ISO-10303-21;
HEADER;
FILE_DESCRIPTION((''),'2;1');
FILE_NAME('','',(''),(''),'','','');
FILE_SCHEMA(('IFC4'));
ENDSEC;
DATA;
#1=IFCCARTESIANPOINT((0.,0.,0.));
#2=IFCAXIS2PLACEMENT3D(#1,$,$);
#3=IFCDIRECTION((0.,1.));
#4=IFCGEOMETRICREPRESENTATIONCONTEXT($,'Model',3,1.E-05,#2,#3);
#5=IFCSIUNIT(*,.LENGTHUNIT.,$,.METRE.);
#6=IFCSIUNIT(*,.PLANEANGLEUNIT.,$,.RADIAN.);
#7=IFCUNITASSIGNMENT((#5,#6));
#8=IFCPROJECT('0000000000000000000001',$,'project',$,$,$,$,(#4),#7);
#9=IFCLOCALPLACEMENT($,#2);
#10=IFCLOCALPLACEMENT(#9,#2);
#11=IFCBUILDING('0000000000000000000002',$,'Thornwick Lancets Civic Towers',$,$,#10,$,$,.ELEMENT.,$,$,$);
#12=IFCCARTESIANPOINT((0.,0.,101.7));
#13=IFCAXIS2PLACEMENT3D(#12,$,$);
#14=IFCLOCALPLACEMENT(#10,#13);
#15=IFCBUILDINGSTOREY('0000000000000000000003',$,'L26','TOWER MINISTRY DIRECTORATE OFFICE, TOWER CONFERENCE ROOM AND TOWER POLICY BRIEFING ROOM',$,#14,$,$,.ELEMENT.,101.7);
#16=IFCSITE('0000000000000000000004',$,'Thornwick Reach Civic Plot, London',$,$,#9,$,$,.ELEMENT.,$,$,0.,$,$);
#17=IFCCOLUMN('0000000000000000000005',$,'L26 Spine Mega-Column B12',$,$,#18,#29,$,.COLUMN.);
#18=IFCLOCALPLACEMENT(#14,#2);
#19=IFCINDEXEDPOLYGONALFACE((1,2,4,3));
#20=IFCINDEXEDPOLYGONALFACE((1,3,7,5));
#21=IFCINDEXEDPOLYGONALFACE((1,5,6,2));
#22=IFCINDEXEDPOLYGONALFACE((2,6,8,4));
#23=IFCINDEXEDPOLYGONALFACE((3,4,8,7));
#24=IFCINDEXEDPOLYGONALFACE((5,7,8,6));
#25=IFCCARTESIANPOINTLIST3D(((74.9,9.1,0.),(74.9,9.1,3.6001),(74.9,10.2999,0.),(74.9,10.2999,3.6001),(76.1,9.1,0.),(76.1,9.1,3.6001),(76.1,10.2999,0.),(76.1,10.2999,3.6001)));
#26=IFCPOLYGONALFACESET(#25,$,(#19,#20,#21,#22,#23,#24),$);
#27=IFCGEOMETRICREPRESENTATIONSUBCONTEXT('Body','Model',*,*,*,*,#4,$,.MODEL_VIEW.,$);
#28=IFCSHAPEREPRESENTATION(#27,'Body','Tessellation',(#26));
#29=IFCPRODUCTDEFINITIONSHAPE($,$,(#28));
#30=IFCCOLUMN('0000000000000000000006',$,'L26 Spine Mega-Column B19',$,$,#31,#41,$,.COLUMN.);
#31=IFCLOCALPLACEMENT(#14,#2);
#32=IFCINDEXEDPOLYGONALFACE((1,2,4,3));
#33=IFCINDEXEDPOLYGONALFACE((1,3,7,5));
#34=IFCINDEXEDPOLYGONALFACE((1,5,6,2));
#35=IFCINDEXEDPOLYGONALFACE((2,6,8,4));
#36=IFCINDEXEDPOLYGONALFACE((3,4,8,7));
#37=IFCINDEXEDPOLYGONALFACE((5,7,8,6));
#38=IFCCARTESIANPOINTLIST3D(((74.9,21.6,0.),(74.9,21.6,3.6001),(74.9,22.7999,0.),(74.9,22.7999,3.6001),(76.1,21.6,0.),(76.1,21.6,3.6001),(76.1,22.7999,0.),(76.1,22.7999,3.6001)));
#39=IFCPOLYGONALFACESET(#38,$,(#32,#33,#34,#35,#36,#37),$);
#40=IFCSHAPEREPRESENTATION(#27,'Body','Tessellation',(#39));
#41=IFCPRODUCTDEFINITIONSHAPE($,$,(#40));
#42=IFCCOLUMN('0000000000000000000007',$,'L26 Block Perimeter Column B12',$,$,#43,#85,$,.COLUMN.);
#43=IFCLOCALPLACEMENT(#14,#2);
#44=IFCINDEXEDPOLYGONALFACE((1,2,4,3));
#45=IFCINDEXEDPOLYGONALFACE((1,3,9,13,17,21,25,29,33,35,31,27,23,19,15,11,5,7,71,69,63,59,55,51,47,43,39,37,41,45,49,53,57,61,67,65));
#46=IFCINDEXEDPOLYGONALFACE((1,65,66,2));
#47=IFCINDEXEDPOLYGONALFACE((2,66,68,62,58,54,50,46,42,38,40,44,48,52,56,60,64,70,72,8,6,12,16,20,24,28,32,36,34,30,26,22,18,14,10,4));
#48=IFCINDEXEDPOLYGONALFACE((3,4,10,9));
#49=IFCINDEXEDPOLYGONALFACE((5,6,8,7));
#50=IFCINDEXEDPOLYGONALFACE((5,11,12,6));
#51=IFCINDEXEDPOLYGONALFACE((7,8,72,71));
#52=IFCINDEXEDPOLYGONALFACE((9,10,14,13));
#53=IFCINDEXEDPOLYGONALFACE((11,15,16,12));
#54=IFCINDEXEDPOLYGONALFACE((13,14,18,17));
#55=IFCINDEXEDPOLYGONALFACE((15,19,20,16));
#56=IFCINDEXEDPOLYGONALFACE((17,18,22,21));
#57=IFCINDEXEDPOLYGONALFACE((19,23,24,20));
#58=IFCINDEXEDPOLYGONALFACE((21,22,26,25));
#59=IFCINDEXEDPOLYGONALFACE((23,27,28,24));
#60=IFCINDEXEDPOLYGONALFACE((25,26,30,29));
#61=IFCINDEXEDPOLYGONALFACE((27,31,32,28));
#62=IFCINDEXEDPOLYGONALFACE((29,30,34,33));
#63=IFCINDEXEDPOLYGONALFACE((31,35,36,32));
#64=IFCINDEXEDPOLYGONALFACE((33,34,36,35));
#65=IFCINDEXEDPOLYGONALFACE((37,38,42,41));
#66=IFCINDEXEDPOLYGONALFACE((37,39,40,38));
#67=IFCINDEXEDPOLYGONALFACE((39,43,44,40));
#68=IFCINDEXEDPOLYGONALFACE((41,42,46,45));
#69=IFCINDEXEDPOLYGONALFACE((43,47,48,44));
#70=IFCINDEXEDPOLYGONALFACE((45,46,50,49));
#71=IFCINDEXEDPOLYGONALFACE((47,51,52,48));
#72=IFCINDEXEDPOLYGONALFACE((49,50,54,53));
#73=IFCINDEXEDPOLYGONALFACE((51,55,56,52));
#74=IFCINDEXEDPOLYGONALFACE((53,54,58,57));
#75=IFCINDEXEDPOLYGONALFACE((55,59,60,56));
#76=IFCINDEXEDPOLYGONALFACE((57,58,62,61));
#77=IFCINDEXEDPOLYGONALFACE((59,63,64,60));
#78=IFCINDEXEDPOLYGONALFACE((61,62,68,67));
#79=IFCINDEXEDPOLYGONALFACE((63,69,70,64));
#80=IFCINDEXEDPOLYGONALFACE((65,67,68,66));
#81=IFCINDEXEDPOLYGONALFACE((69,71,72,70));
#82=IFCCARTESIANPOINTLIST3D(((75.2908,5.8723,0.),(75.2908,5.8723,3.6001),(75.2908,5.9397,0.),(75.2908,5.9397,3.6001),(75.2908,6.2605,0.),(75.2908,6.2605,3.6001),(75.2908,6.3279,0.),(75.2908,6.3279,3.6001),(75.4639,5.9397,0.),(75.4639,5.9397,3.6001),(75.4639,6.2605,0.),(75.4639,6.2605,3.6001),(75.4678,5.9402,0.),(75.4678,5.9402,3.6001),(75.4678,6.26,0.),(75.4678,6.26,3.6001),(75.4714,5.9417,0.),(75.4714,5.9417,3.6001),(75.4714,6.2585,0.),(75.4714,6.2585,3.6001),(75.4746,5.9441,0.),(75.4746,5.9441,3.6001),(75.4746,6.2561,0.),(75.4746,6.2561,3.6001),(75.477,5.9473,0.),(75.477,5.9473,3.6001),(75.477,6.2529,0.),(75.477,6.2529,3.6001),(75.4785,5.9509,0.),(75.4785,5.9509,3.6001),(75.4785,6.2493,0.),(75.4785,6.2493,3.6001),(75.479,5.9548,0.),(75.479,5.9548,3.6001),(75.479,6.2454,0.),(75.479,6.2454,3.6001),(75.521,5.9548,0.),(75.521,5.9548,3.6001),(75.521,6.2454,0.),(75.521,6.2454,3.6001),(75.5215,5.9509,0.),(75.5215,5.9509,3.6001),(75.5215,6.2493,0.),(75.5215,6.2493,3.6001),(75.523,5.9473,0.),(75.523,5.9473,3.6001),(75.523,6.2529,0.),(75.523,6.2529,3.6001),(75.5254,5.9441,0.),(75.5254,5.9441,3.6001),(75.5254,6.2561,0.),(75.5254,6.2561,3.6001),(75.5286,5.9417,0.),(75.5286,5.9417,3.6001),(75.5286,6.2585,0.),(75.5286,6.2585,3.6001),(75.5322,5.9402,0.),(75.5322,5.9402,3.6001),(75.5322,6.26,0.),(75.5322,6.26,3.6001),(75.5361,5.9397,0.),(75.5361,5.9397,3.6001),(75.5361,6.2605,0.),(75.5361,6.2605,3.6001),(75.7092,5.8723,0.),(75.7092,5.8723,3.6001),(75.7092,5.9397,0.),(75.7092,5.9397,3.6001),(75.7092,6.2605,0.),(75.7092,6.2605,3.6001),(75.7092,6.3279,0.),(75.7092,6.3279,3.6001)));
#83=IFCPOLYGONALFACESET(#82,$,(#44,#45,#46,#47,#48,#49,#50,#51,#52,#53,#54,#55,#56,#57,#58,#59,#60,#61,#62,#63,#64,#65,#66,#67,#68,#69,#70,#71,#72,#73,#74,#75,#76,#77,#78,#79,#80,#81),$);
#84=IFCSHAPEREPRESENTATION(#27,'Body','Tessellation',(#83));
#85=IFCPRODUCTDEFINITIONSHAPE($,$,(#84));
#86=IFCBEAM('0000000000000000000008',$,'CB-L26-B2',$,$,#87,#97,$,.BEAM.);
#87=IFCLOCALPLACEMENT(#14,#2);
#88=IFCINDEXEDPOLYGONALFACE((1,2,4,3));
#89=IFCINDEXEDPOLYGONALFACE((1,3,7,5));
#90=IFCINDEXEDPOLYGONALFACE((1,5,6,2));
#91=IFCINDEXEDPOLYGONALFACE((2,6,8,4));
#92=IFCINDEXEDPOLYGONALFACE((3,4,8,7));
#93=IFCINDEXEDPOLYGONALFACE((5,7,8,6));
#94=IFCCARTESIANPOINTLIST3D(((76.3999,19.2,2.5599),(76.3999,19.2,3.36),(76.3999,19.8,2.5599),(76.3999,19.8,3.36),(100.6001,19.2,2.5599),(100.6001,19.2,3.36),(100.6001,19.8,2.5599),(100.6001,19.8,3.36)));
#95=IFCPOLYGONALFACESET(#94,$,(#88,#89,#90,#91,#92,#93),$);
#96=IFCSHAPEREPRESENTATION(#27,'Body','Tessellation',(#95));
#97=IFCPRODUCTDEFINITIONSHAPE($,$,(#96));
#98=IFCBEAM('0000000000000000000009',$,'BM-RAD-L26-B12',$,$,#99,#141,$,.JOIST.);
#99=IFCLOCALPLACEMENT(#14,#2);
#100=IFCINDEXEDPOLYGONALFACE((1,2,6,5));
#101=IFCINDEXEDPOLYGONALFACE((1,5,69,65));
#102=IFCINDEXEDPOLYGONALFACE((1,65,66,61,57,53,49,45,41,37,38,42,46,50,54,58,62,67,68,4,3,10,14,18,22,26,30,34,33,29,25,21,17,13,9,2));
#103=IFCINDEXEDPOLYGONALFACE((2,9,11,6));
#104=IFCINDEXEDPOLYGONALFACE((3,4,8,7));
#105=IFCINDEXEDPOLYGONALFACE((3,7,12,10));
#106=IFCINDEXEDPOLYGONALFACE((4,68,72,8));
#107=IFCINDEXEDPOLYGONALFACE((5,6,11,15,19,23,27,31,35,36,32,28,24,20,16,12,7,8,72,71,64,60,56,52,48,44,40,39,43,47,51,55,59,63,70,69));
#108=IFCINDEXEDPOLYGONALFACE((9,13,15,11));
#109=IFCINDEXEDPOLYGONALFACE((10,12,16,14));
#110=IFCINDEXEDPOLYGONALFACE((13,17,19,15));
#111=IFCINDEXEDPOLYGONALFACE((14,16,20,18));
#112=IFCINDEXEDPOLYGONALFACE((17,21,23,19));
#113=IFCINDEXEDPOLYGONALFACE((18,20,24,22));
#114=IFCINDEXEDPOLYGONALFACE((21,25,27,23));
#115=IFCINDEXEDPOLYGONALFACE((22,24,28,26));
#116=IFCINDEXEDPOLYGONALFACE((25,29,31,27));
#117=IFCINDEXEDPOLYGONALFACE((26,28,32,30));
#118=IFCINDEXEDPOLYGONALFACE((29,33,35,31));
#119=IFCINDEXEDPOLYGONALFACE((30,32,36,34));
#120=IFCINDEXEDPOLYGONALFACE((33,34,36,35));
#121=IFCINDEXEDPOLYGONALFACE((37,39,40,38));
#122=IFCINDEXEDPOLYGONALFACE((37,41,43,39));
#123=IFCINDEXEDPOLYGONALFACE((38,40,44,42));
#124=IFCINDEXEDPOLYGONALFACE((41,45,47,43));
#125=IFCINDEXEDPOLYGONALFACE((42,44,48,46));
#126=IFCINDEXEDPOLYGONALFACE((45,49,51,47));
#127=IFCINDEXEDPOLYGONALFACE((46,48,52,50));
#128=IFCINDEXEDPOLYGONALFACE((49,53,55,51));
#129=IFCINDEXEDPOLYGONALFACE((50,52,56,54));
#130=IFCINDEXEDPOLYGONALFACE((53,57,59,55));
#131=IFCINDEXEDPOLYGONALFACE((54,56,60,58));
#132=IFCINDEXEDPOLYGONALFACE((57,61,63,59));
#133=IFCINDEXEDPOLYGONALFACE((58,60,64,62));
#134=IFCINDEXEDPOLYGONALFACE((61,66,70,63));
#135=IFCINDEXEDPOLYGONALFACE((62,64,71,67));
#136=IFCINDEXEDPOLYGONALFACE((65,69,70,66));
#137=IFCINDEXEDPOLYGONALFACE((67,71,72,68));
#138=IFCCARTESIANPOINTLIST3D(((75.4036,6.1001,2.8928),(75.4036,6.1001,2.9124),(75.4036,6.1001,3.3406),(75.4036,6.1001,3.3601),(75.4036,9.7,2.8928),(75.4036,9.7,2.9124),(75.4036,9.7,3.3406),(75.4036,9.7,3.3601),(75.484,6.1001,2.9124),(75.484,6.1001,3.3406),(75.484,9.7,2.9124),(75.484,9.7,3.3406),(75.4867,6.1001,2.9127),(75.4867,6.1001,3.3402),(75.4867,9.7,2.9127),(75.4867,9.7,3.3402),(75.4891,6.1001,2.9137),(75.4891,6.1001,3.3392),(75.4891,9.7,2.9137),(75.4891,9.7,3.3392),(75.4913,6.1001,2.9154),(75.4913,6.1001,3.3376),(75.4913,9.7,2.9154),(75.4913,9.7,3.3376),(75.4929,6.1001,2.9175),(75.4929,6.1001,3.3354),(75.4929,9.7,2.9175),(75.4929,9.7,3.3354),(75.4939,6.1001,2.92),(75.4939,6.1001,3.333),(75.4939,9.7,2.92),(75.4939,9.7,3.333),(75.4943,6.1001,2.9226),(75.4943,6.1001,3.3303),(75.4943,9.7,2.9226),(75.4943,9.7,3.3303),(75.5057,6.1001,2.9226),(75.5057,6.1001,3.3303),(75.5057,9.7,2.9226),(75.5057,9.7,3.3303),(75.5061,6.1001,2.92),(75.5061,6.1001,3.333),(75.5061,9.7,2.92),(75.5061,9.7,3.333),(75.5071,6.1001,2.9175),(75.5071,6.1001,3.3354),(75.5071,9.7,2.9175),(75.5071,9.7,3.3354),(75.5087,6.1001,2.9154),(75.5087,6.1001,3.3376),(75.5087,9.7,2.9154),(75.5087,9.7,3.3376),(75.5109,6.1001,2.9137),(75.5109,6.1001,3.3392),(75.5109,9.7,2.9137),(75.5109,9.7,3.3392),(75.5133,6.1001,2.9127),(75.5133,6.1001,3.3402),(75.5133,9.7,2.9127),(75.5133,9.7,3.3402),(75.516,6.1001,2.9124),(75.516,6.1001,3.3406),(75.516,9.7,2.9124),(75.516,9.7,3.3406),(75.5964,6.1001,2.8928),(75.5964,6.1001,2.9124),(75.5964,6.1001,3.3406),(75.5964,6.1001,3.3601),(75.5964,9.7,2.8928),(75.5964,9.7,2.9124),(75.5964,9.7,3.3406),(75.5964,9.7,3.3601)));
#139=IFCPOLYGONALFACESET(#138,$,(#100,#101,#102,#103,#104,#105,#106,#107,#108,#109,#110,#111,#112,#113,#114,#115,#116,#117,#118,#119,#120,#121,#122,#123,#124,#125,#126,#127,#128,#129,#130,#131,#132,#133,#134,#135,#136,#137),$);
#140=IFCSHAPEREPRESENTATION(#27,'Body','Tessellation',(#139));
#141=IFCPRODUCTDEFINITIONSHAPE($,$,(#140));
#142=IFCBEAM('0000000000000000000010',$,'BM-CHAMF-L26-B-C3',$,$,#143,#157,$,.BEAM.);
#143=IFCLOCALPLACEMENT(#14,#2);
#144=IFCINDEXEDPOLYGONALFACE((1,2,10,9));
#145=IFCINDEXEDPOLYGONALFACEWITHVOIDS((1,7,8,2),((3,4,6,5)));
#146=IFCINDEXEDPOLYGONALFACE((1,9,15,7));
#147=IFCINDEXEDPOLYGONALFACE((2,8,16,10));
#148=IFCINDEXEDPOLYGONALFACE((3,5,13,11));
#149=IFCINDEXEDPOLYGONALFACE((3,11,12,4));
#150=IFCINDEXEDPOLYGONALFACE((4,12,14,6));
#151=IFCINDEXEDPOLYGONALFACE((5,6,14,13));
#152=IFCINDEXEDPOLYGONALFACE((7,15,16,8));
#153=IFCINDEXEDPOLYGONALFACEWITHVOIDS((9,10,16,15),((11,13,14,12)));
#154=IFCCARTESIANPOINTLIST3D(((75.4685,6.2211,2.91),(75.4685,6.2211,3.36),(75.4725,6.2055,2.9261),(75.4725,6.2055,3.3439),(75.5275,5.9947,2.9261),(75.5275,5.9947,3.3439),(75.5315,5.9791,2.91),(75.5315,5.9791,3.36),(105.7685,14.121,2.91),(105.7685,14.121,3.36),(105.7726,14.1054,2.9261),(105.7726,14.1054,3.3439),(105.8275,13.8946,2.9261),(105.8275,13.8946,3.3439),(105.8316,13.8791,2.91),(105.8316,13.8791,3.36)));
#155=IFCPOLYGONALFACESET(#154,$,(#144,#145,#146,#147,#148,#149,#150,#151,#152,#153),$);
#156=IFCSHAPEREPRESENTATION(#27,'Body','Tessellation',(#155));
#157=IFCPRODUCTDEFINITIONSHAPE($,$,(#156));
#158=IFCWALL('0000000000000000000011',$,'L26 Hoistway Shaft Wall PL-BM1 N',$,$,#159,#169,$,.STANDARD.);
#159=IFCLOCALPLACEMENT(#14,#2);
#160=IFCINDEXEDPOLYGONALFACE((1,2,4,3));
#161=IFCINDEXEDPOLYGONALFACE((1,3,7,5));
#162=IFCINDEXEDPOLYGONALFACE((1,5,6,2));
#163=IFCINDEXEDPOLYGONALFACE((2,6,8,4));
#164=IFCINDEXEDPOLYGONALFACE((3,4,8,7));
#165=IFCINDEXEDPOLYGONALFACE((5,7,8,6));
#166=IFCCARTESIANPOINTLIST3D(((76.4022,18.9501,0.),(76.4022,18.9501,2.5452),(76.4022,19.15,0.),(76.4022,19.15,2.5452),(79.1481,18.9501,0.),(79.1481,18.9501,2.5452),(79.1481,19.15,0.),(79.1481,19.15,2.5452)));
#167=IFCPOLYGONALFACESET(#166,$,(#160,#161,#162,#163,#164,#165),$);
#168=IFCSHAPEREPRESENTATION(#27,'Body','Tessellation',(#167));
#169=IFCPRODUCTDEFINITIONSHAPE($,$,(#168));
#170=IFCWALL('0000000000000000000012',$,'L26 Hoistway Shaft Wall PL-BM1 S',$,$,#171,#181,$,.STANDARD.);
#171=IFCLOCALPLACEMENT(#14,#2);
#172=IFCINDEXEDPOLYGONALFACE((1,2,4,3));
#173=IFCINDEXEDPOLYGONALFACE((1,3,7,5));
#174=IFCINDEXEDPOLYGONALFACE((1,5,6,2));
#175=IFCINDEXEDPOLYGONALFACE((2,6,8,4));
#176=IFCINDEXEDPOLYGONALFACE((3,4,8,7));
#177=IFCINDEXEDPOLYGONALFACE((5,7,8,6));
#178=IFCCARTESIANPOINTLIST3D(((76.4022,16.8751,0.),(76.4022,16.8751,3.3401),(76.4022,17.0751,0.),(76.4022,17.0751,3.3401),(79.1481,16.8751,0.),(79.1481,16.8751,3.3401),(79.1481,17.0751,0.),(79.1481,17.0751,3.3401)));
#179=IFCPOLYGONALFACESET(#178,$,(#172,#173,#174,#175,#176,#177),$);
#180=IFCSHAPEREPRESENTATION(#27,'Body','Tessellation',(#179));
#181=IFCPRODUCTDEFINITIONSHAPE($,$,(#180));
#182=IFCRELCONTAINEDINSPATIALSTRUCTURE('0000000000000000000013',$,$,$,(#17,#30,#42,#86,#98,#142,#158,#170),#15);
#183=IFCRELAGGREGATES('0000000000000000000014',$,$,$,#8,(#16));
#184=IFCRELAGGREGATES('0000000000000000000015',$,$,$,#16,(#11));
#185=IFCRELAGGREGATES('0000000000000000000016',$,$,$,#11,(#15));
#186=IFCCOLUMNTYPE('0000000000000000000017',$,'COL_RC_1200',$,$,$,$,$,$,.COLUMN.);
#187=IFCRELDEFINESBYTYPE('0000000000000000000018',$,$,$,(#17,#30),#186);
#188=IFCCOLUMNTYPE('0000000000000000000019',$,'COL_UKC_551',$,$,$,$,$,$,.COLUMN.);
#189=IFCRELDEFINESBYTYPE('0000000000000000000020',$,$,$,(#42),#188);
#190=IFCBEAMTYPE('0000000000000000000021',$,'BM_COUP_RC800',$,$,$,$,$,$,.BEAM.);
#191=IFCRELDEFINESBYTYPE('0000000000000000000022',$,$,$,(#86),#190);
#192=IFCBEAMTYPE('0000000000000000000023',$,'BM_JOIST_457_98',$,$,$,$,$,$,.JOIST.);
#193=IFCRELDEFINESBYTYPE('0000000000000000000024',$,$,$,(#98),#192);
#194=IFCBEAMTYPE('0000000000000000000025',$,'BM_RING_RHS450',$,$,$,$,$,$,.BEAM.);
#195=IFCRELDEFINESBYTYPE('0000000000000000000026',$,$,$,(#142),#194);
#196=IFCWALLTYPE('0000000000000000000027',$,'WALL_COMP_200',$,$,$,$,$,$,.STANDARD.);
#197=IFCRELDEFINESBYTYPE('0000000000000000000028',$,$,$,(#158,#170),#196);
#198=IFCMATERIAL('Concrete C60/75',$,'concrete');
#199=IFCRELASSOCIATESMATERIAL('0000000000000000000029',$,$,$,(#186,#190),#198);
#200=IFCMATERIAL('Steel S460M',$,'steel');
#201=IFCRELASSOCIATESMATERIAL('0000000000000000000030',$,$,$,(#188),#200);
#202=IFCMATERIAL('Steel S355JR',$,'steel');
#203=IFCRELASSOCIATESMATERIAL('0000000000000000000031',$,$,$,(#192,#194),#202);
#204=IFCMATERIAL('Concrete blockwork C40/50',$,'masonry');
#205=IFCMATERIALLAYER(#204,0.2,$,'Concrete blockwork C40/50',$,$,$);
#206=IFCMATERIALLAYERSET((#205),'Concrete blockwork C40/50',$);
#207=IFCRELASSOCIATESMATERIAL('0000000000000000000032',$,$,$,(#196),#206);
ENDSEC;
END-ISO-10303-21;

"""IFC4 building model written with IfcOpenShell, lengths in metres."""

from ifc_helpers import new_model, si_unit, direction, frame, frame_2d, origin, origin_2d, place, context, subcontext, project, spatial, rectangle, hollow_rectangle, i_section, extrude, material, layer, layer_set, material_profile, profile_set, type_object, element, save


model = new_model("IFC4")

# Units and contexts
model_context = context("Model", 3, precision=1e-05, world=origin(), true_north=direction((0.0, 1.0)))
body_context = subcontext(model_context, "Body", "Model", "MODEL_VIEW")
ifc_project = project(units=[si_unit("LENGTHUNIT", "METRE"), si_unit("PLANEANGLEUNIT", "RADIAN")], contexts=[model_context])

# Site, building, storey
site_placement = place(None, origin())
site = spatial("IfcSite", under=ifc_project, at=site_placement, Name="Thornwick Reach Civic Plot, London", CompositionType="ELEMENT", RefElevation=0.0)
building_placement = place(site_placement, origin())
building = spatial("IfcBuilding", under=site, at=building_placement, Name="Thornwick Lancets Civic Towers", CompositionType="ELEMENT")
storey_placement = place(building_placement, frame((0.0, 0.0, 101.7)))
storey = spatial("IfcBuildingStorey", under=building, at=storey_placement, Name="L26", Description="TOWER MINISTRY DIRECTORATE OFFICE, TOWER CONFERENCE ROOM AND TOWER POLICY BRIEFING ROOM", CompositionType="ELEMENT", Elevation=101.7)

# Columns
ifc_material_1 = material(Name="Concrete C60/75", Category="concrete")
ifc_material_profile_1 = material_profile(ifc_material_1, rectangle(XDim=1.2, YDim=1.2, at=origin_2d()), Name="RC 1200x1200")
ifc_profile_set_1 = profile_set([ifc_material_profile_1], Name="Concrete C60/75")
column_type_1 = type_object("IfcColumnType", Name="COL_RC_1200", PredefinedType="COLUMN", material=ifc_profile_set_1)
for number, where, z_axis, x_axis, name in (
    (1, (75.5, 9.7, 0.0), (0.0, 0.0, 1.0), (1.0, 0.0, 0.0), "L26 Spine Mega-Column B12"),
    (2, (75.5, 22.2, 0.0), (0.0, 0.0, 1.0), (1.0, 0.0, 0.0), "L26 Spine Mega-Column B19"),
):
    element("IfcColumn", number, at=place(storey_placement, frame(where, z_axis=z_axis, x_axis=x_axis)), inside=storey, type_object=column_type_1, Name=name, PredefinedType="COLUMN", context=body_context, shape_type="SweptSolid", body=[
        extrude(rectangle(XDim=1.2, YDim=1.2, at=origin_2d()), origin(), (0.0, 0.0, 1.0), 3.6001),
    ])
ifc_material_2 = material(Name="Steel S460M", Category="steel")
ifc_material_profile_2 = material_profile(ifc_material_2, i_section(OverallWidth=0.4185, OverallDepth=0.4556, WebThickness=0.042, FlangeThickness=0.0674, FilletRadius=0.0151, at=origin_2d()), Name="UKC 356x406x551")
ifc_profile_set_2 = profile_set([ifc_material_profile_2], Name="Steel S460M")
column_type_2 = type_object("IfcColumnType", Name="COL_UKC_551", PredefinedType="COLUMN", material=ifc_profile_set_2)
column_placement = place(storey_placement, frame((75.5, 6.1001, 0.0), z_axis=(0.0, 0.0, 1.0), x_axis=(1.0, 0.0, 0.0)))
element("IfcColumn", 3, at=column_placement, inside=storey, type_object=column_type_2, Name="L26 Block Perimeter Column B12", PredefinedType="COLUMN", context=body_context, shape_type="SweptSolid", body=[
    extrude(i_section(OverallWidth=0.4185, OverallDepth=0.4556, WebThickness=0.042, FlangeThickness=0.0674, FilletRadius=0.0151, at=origin_2d()), origin(), (0.0, 0.0, 1.0), 3.6001),
])

# Beams
ifc_material_profile_3 = material_profile(ifc_material_1, rectangle(XDim=0.6001, YDim=0.8, at=origin_2d()), Name="RC 600x800")
ifc_profile_set_3 = profile_set([ifc_material_profile_3], Name="Concrete C60/75")
beam_type_1 = type_object("IfcBeamType", Name="BM_COUP_RC800", PredefinedType="BEAM", material=ifc_profile_set_3)
beam_1_placement = place(storey_placement, frame((76.3999, 19.5, 2.96), z_axis=(1.0, 0.0, 0.0), x_axis=(0.0, 1.0, 0.0)))
element("IfcBeam", 4, at=beam_1_placement, inside=storey, type_object=beam_type_1, Name="CB-L26-B2", PredefinedType="BEAM", context=body_context, shape_type="SweptSolid", body=[
    extrude(rectangle(XDim=0.6001, YDim=0.8, at=origin_2d()), origin(), (0.0, 0.0, 1.0), 24.2002),
])
ifc_material_3 = material(Name="Steel S355JR", Category="steel")
ifc_material_profile_4 = material_profile(ifc_material_3, i_section(OverallWidth=0.1929, OverallDepth=0.4673, WebThickness=0.0115, FlangeThickness=0.0195, FilletRadius=0.0103, at=origin_2d()), Name="UKB 457x191x98")
ifc_profile_set_4 = profile_set([ifc_material_profile_4], Name="Steel S355JR")
beam_type_2 = type_object("IfcBeamType", Name="BM_JOIST_457_98", PredefinedType="JOIST", material=ifc_profile_set_4)
beam_2_placement = place(storey_placement, frame((75.5, 9.7, 3.1265), z_axis=(0.0, -1.0, 0.0), x_axis=(1.0, 0.0, 0.0)))
element("IfcBeam", 5, at=beam_2_placement, inside=storey, type_object=beam_type_2, Name="BM-RAD-L26-B12", PredefinedType="JOIST", context=body_context, shape_type="SweptSolid", body=[
    extrude(i_section(OverallWidth=0.1929, OverallDepth=0.4673, WebThickness=0.0115, FlangeThickness=0.0195, FilletRadius=0.0103, at=origin_2d()), origin(), (0.0, 0.0, 1.0), 3.5999),
])
ifc_material_profile_5 = material_profile(ifc_material_3, hollow_rectangle(XDim=0.25, YDim=0.45, WallThickness=0.0161, at=origin_2d()), Name="RHS 450x250x16")
ifc_profile_set_5 = profile_set([ifc_material_profile_5], Name="Steel S355JR")
beam_type_3 = type_object("IfcBeamType", Name="BM_RING_RHS450", PredefinedType="BEAM", material=ifc_profile_set_5)
beam_3_placement = place(storey_placement, frame((75.5, 6.1001, 3.135), z_axis=(0.967652, 0.252289, 0.0), x_axis=(-0.252289, 0.967652, 0.0)))
element("IfcBeam", 6, at=beam_3_placement, inside=storey, type_object=beam_type_3, Name="BM-CHAMF-L26-B-C3", PredefinedType="BEAM", context=body_context, shape_type="SweptSolid", body=[
    extrude(hollow_rectangle(XDim=0.25, YDim=0.45, WallThickness=0.0161, at=origin_2d()), origin(), (0.0, 0.0, 1.0), 31.313),
])

# Walls
ifc_material_4 = material(Name="Concrete blockwork C40/50", Category="masonry")
ifc_layer_1 = layer(ifc_material_4, 0.2, Name="Concrete blockwork C40/50")
ifc_layer_set_1 = layer_set([ifc_layer_1], Name="Concrete blockwork C40/50")
wall_type_1 = type_object("IfcWallType", Name="WALL_COMP_200", PredefinedType="STANDARD", material=ifc_layer_set_1)
wall_1_placement = place(storey_placement, frame((76.4021, 19.05, 0.0), z_axis=(0.0, 0.0, 1.0), x_axis=(1.0, 0.0, 0.0)))
element("IfcWall", 7, at=wall_1_placement, inside=storey, type_object=wall_type_1, Name="L26 Hoistway Shaft Wall PL-BM1 N", PredefinedType="STANDARD", context=body_context, shape_type="SweptSolid", body=[
    extrude(rectangle(XDim=2.7458, YDim=0.2, at=frame_2d((1.373, 0.0))), origin(), (0.0, 0.0, 1.0), 2.5452),
])
wall_2_placement = place(storey_placement, frame((76.4021, 16.9751, 0.0), z_axis=(0.0, 0.0, 1.0), x_axis=(1.0, 0.0, 0.0)))
element("IfcWall", 8, at=wall_2_placement, inside=storey, type_object=wall_type_1, Name="L26 Hoistway Shaft Wall PL-BM1 S", PredefinedType="STANDARD", context=body_context, shape_type="SweptSolid", body=[
    extrude(rectangle(XDim=2.7458, YDim=0.2, at=frame_2d((1.373, 0.0))), origin(), (0.0, 0.0, 1.0), 3.3401),
])

save(model, "model.ifc")
